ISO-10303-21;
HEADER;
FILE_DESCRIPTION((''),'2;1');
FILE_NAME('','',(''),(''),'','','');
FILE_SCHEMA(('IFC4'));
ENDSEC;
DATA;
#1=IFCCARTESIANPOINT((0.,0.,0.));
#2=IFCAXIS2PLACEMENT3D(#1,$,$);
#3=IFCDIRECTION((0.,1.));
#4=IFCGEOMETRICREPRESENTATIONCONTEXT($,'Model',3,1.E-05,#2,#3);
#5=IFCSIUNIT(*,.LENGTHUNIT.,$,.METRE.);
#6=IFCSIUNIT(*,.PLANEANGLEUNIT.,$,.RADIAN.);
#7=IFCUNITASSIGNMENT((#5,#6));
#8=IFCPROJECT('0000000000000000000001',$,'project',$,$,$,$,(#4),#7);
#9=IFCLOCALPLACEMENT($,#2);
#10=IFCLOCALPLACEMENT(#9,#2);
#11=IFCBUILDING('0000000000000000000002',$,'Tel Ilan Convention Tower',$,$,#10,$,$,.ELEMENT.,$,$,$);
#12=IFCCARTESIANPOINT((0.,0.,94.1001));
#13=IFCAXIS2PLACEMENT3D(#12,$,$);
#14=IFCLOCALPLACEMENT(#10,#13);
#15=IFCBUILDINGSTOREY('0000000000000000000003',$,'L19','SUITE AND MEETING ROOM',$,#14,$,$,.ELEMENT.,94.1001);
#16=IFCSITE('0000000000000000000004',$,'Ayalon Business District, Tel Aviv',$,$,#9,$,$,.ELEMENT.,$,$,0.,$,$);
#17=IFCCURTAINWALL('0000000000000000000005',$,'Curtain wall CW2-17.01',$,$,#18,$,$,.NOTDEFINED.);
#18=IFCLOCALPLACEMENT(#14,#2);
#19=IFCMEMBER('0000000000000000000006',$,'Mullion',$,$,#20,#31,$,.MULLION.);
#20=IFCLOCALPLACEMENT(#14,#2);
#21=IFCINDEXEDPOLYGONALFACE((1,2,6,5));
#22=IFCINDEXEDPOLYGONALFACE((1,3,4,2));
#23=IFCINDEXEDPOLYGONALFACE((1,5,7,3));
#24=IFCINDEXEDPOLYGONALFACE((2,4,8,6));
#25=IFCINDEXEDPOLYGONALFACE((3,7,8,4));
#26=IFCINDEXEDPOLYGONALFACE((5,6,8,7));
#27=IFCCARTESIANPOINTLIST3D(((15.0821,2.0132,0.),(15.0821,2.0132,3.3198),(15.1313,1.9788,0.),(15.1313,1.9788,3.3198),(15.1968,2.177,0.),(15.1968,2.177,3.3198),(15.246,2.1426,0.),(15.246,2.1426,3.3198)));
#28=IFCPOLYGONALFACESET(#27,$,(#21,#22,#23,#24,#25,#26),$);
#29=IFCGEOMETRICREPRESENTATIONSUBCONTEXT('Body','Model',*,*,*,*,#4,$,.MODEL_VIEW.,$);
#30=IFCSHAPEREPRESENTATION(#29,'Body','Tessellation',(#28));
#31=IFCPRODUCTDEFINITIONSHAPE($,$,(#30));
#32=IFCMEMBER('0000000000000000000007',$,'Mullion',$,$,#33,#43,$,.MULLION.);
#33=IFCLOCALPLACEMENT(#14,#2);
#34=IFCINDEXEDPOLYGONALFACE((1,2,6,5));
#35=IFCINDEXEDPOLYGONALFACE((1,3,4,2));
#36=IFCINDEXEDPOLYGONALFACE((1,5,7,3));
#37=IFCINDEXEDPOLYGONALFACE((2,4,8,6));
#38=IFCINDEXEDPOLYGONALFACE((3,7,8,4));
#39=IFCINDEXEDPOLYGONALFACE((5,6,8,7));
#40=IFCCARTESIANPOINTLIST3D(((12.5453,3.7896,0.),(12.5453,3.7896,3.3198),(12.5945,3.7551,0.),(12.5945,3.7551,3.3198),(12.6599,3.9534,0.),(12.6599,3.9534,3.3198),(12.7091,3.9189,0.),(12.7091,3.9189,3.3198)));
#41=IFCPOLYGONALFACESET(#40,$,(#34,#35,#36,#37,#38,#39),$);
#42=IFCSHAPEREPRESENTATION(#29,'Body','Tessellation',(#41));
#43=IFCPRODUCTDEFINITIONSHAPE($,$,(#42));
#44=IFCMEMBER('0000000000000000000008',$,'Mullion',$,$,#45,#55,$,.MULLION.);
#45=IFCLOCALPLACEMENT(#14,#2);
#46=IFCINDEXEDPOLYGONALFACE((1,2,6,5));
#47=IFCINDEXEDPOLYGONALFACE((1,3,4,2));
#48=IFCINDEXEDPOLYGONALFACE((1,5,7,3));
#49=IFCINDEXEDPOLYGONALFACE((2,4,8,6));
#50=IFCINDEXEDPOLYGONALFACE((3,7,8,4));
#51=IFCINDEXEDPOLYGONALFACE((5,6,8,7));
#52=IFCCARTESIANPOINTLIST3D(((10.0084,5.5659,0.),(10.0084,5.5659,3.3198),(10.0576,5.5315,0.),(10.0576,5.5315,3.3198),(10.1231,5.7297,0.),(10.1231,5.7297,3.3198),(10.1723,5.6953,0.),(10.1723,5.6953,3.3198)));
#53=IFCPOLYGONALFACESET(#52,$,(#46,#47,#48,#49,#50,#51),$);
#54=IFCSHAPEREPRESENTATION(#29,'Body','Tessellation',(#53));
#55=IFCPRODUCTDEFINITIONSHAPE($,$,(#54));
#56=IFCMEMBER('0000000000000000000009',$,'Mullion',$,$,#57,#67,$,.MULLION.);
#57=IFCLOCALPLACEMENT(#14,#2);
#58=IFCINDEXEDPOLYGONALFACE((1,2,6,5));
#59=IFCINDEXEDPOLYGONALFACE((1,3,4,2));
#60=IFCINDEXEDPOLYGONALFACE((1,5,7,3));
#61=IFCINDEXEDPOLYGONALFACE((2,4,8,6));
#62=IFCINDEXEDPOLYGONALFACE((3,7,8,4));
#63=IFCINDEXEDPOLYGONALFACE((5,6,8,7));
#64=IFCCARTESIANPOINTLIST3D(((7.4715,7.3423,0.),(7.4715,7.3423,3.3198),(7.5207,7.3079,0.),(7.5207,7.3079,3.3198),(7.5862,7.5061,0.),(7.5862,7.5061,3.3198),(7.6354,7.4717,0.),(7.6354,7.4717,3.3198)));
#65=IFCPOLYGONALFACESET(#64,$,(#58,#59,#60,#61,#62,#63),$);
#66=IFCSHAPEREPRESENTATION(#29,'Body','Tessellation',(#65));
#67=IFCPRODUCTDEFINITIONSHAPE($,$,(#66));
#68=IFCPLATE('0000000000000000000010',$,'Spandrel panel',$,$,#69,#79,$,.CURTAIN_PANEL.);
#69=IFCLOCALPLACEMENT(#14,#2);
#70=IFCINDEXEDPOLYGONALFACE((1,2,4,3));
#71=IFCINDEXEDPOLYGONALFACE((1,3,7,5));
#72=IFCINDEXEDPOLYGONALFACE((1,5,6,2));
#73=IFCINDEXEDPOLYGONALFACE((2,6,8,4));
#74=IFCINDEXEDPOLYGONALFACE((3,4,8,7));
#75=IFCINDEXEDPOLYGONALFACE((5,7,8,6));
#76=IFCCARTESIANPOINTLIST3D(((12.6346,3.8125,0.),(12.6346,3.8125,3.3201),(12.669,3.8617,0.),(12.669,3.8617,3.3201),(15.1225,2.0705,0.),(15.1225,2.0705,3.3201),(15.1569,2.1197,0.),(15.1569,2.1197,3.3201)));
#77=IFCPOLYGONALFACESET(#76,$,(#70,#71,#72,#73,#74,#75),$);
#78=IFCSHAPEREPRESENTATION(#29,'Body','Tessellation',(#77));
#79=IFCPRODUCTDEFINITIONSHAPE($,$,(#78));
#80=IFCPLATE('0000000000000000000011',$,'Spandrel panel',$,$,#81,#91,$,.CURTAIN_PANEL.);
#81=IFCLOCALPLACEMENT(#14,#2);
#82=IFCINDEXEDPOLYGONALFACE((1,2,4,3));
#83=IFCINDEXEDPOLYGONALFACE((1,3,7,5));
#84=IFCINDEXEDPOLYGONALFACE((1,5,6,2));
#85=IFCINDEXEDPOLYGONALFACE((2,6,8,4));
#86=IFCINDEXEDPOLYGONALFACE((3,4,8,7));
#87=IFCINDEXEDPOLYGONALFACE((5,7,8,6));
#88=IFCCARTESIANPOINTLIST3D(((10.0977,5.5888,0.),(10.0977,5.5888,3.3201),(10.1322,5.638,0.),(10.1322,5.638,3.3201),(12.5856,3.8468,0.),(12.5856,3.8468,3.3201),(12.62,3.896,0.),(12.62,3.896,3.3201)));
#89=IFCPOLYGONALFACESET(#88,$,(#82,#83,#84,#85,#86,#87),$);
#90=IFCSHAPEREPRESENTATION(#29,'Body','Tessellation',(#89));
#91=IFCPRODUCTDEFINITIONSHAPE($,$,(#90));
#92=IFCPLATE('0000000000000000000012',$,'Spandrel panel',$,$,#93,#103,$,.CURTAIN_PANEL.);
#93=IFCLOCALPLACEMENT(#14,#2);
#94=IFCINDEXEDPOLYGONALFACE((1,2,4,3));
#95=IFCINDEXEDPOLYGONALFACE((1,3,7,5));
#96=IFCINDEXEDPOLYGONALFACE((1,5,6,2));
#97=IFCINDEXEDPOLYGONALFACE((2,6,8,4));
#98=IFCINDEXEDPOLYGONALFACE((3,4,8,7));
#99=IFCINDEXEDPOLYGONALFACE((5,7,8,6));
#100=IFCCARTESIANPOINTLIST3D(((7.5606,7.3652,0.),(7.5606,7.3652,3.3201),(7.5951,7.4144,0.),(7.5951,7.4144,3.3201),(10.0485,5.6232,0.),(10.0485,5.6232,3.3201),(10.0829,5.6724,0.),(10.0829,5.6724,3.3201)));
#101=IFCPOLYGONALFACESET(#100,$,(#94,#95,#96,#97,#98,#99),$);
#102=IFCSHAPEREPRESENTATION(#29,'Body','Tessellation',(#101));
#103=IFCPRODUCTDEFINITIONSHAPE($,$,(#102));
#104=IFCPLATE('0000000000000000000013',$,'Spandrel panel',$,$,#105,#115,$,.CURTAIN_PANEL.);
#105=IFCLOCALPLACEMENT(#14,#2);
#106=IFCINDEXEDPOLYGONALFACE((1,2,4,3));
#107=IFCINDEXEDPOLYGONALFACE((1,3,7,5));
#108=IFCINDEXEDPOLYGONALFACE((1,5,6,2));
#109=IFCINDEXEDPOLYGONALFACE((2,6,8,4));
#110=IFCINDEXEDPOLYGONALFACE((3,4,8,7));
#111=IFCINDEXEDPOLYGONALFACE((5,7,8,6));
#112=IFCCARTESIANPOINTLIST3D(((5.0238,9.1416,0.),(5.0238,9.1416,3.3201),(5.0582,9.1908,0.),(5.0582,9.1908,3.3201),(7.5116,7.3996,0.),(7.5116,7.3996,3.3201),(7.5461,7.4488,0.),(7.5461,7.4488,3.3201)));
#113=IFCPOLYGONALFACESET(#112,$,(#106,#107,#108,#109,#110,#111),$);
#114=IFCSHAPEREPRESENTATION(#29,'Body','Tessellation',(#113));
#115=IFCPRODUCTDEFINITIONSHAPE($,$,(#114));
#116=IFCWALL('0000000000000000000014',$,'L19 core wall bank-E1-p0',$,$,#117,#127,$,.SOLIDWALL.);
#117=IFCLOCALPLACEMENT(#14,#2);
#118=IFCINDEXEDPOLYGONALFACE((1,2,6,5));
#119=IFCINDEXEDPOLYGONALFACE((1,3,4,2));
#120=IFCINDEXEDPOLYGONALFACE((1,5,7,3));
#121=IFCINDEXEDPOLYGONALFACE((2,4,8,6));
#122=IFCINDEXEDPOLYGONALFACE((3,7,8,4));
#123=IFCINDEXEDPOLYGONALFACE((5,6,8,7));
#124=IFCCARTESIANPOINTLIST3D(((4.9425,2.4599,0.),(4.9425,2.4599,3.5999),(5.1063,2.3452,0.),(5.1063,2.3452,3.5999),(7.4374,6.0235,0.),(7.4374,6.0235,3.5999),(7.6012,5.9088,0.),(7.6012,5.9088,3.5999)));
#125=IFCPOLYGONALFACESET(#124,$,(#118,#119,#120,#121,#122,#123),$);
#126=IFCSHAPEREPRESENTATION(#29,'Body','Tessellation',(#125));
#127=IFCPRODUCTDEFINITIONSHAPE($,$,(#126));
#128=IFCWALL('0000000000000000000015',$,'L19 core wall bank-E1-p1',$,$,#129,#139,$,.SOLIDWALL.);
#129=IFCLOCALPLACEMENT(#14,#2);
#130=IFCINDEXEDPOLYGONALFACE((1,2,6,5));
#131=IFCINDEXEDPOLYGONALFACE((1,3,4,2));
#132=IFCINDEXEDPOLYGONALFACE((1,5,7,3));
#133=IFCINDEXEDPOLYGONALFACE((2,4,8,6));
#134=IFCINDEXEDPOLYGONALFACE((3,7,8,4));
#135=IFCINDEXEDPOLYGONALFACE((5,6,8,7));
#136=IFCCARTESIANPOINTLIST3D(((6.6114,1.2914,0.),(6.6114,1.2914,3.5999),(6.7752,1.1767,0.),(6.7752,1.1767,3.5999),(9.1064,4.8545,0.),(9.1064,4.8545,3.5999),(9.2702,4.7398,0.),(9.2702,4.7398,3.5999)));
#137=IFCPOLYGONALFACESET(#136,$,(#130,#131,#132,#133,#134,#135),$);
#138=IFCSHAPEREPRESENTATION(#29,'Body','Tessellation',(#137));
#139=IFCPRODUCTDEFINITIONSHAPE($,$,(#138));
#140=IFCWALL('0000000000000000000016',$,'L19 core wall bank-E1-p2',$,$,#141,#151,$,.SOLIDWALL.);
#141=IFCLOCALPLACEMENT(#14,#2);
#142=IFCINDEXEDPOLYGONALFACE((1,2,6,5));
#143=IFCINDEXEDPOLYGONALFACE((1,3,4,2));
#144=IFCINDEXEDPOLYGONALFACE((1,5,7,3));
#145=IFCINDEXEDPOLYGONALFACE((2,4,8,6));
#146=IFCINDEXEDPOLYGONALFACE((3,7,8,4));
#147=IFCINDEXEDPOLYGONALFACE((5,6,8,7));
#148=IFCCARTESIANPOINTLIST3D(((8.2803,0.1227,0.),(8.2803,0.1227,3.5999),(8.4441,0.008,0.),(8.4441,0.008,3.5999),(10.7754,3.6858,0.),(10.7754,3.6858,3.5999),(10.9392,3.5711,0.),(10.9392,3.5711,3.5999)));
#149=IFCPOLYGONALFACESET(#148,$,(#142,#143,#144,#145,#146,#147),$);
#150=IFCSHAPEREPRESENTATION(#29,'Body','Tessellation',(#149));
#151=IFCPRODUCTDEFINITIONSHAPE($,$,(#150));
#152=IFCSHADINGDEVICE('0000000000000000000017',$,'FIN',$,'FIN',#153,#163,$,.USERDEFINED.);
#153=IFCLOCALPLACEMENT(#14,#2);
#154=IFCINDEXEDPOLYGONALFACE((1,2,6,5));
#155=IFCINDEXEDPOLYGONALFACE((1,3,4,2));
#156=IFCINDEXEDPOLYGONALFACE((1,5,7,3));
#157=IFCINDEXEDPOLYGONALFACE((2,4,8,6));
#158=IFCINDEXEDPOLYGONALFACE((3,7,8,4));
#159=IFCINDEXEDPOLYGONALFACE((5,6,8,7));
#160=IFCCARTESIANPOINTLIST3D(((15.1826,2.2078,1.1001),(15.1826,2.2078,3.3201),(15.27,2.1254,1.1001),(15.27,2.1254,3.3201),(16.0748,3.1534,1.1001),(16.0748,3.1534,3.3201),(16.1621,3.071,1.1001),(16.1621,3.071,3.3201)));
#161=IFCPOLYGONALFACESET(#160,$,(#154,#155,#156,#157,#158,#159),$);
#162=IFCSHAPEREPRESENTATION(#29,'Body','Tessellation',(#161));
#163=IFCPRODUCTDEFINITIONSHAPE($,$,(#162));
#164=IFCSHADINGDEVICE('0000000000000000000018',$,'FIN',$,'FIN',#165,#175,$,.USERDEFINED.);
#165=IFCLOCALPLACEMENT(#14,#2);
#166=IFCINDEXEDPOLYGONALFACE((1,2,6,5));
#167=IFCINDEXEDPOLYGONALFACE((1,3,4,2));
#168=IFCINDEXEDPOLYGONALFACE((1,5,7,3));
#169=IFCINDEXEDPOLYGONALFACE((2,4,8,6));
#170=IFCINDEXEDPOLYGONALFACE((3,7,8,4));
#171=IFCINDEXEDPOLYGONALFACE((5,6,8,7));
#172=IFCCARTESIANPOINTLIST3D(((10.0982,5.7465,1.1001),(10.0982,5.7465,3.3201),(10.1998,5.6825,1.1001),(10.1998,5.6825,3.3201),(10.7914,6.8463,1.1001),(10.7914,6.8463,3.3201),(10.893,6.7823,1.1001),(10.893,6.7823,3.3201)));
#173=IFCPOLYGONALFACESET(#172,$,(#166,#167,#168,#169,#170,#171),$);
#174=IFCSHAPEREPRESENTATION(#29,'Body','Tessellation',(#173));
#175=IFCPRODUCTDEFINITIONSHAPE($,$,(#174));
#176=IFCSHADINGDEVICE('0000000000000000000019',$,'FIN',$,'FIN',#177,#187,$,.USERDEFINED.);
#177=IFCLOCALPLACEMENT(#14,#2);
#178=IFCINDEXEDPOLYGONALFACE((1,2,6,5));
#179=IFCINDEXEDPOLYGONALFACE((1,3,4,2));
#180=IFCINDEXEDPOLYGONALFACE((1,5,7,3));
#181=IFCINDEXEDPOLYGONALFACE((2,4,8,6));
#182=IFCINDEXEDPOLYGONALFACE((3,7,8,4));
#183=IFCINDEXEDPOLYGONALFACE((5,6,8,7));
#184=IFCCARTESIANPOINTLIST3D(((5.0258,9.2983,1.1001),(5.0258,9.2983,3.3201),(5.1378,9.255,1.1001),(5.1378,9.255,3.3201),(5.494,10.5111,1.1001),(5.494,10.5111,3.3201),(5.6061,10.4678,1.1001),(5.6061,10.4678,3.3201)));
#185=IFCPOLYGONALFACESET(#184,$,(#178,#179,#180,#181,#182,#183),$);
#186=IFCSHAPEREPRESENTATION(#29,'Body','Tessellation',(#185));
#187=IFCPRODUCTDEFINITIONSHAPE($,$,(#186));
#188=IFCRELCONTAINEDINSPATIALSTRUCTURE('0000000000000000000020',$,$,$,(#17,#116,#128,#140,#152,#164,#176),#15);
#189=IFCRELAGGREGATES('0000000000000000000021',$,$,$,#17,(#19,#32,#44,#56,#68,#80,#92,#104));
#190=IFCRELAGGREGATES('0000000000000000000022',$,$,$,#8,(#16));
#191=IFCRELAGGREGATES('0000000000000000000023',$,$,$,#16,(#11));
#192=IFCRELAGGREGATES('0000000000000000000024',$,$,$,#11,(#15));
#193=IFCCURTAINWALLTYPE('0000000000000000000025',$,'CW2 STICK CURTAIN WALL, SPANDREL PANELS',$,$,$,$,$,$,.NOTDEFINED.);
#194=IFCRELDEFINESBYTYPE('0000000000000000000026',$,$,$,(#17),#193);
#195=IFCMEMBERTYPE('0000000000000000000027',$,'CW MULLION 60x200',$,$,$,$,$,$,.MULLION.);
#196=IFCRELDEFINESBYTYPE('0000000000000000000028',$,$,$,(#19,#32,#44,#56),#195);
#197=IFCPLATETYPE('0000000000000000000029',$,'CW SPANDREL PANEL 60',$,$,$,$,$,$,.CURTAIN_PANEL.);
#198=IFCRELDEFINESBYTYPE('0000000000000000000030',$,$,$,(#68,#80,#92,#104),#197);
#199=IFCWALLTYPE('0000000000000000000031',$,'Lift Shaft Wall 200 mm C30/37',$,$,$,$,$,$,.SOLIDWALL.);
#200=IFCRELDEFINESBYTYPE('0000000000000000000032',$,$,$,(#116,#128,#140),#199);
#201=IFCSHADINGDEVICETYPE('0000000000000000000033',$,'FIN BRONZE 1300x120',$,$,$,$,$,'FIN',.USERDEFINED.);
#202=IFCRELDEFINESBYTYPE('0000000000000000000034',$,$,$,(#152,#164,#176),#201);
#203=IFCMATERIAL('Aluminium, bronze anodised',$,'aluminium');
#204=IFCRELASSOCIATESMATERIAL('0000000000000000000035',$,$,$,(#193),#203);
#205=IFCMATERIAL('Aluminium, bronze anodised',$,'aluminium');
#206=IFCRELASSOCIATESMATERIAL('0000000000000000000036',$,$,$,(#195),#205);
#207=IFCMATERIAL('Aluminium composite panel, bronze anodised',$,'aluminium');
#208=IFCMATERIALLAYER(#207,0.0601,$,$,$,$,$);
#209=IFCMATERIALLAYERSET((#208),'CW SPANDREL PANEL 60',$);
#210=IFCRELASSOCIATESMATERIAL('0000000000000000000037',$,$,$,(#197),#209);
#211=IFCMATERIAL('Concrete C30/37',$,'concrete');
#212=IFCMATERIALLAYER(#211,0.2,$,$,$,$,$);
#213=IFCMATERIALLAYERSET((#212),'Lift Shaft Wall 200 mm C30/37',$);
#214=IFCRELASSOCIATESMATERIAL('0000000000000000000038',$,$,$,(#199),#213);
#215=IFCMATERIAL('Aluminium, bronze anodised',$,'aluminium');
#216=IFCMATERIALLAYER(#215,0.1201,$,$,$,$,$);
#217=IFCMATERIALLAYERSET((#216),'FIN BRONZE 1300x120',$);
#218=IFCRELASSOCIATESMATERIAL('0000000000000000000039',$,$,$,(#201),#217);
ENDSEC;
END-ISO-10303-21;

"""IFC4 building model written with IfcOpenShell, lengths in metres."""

from ifc_helpers import new_model, si_unit, direction, frame, frame_2d, origin, origin_2d, place, context, subcontext, project, spatial, rectangle, extrude, material, layer, layer_set, material_profile, profile_set, type_object, element, aggregate, save


model = new_model("IFC4")

# Units and contexts
model_context = context("Model", 3, precision=1e-05, world=origin(), true_north=direction((0.0, 1.0)))
body_context = subcontext(model_context, "Body", "Model", "MODEL_VIEW")
ifc_project = project(units=[si_unit("LENGTHUNIT", "METRE"), si_unit("PLANEANGLEUNIT", "RADIAN")], contexts=[model_context])

# Site, building, storey
site_placement = place(None, origin())
site = spatial("IfcSite", under=ifc_project, at=site_placement, Name="Ayalon Business District, Tel Aviv", CompositionType="ELEMENT", RefElevation=0.0)
building_placement = place(site_placement, origin())
building = spatial("IfcBuilding", under=site, at=building_placement, Name="Tel Ilan Convention Tower", CompositionType="ELEMENT")
storey_placement = place(building_placement, frame((0.0, 0.0, 94.1001)))
storey = spatial("IfcBuildingStorey", under=building, at=storey_placement, Name="L19", Description="SUITE AND MEETING ROOM", CompositionType="ELEMENT", Elevation=94.1001)

# Curtain wall, members, plates
ifc_material_1 = material(Name="Aluminium, bronze anodised", Category="aluminium")
curtain_wall_type = type_object("IfcCurtainWallType", Name="CW2 STICK CURTAIN WALL, SPANDREL PANELS", PredefinedType="NOTDEFINED", material=ifc_material_1)
curtain_wall_placement = place(storey_placement, origin())
curtain_wall = element("IfcCurtainWall", 1, at=curtain_wall_placement, inside=storey, type_object=curtain_wall_type, Name="Curtain wall CW2-17.01", PredefinedType="NOTDEFINED")
ifc_material_2 = material(Name="Aluminium, bronze anodised", Category="aluminium")
ifc_material_profile = material_profile(ifc_material_2, rectangle(XDim=0.0601, YDim=0.2, at=origin_2d()), Name="CW MULLION 60x200")
ifc_profile_set = profile_set([ifc_material_profile], Name="Aluminium, bronze anodised")
member_type = type_object("IfcMemberType", Name="CW MULLION 60x200", PredefinedType="MULLION", material=ifc_profile_set)
member_1_placement = place(storey_placement, frame((15.1641, 2.0779, 0.0), z_axis=(0.0, 0.0, 1.0), x_axis=(-0.819152, 0.573576, 0.0)))
member_1 = element("IfcMember", 2, at=member_1_placement, type_object=member_type, Name="Mullion", PredefinedType="MULLION", context=body_context, shape_type="SweptSolid", body=[
    extrude(rectangle(XDim=0.0601, YDim=0.2, at=origin_2d()), origin(), (0.0, 0.0, 1.0), 3.3198),
])
member_2_placement = place(storey_placement, frame((12.6272, 3.8542, 0.0), z_axis=(0.0, 0.0, 1.0), x_axis=(-0.819152, 0.573576, 0.0)))
member_2 = element("IfcMember", 3, at=member_2_placement, type_object=member_type, Name="Mullion", PredefinedType="MULLION", context=body_context, shape_type="SweptSolid", body=[
    extrude(rectangle(XDim=0.0601, YDim=0.2, at=origin_2d()), origin(), (0.0, 0.0, 1.0), 3.3198),
])
member_3_placement = place(storey_placement, frame((10.0903, 5.6306, 0.0), z_axis=(0.0, 0.0, 1.0), x_axis=(-0.819152, 0.573576, 0.0)))
member_3 = element("IfcMember", 4, at=member_3_placement, type_object=member_type, Name="Mullion", PredefinedType="MULLION", context=body_context, shape_type="SweptSolid", body=[
    extrude(rectangle(XDim=0.0601, YDim=0.2, at=origin_2d()), origin(), (0.0, 0.0, 1.0), 3.3198),
])
member_4_placement = place(storey_placement, frame((7.5535, 7.407, 0.0), z_axis=(0.0, 0.0, 1.0), x_axis=(-0.819152, 0.573576, 0.0)))
member_4 = element("IfcMember", 5, at=member_4_placement, type_object=member_type, Name="Mullion", PredefinedType="MULLION", context=body_context, shape_type="SweptSolid", body=[
    extrude(rectangle(XDim=0.0601, YDim=0.2, at=origin_2d()), origin(), (0.0, 0.0, 1.0), 3.3198),
])
ifc_material_3 = material(Name="Aluminium composite panel, bronze anodised", Category="aluminium")
ifc_layer_1 = layer(ifc_material_3, 0.0601)
ifc_layer_set_1 = layer_set([ifc_layer_1], Name="CW SPANDREL PANEL 60")
plate_type = type_object("IfcPlateType", Name="CW SPANDREL PANEL 60", PredefinedType="CURTAIN_PANEL", material=ifc_layer_set_1)
plate_1_placement = place(storey_placement, frame((13.8958, 2.9661, 0.0), z_axis=(0.0, 0.0, 1.0), x_axis=(-0.819152, 0.573576, 0.0)))
plate_1 = element("IfcPlate", 6, at=plate_1_placement, type_object=plate_type, Name="Spandrel panel", PredefinedType="CURTAIN_PANEL", context=body_context, shape_type="SweptSolid", body=[
    extrude(rectangle(XDim=3.0371, YDim=0.0601, at=origin_2d()), origin(), (0.0, 0.0, 1.0), 3.3201),
])
plate_2_placement = place(storey_placement, frame((11.3589, 4.7424, 0.0), z_axis=(0.0, 0.0, 1.0), x_axis=(-0.819152, 0.573576, 0.0)))
plate_2 = element("IfcPlate", 7, at=plate_2_placement, type_object=plate_type, Name="Spandrel panel", PredefinedType="CURTAIN_PANEL", context=body_context, shape_type="SweptSolid", body=[
    extrude(rectangle(XDim=3.0371, YDim=0.0601, at=origin_2d()), origin(), (0.0, 0.0, 1.0), 3.3201),
])
plate_3_placement = place(storey_placement, frame((8.8218, 6.5188, 0.0), z_axis=(0.0, 0.0, 1.0), x_axis=(-0.819152, 0.573576, 0.0)))
plate_3 = element("IfcPlate", 8, at=plate_3_placement, type_object=plate_type, Name="Spandrel panel", PredefinedType="CURTAIN_PANEL", context=body_context, shape_type="SweptSolid", body=[
    extrude(rectangle(XDim=3.0371, YDim=0.0601, at=origin_2d()), origin(), (0.0, 0.0, 1.0), 3.3201),
])
plate_4_placement = place(storey_placement, frame((6.2849, 8.2952, 0.0), z_axis=(0.0, 0.0, 1.0), x_axis=(-0.819152, 0.573576, 0.0)))
plate_4 = element("IfcPlate", 9, at=plate_4_placement, type_object=plate_type, Name="Spandrel panel", PredefinedType="CURTAIN_PANEL", context=body_context, shape_type="SweptSolid", body=[
    extrude(rectangle(XDim=3.0371, YDim=0.0601, at=origin_2d()), origin(), (0.0, 0.0, 1.0), 3.3201),
])
aggregate(curtain_wall, [member_1, member_2, member_3, member_4, plate_1, plate_2, plate_3, plate_4])

# Walls
ifc_material_4 = material(Name="Concrete C30/37", Category="concrete")
ifc_layer_2 = layer(ifc_material_4, 0.2)
ifc_layer_set_2 = layer_set([ifc_layer_2], Name="Lift Shaft Wall 200 mm C30/37")
wall_type = type_object("IfcWallType", Name="Lift Shaft Wall 200 mm C30/37", PredefinedType="SOLIDWALL", material=ifc_layer_set_2)
wall_placement = place(storey_placement, frame((5.0244, 2.4026, 0.0), z_axis=(0.0, 0.0, 1.0), x_axis=(0.57353, 0.819184, 0.0)))
element("IfcWall", 10, at=wall_placement, inside=storey, type_object=wall_type, Name="L19 core wall bank-E1-p0", PredefinedType="SOLIDWALL", context=body_context, shape_type="SweptSolid", body=[
    extrude(rectangle(XDim=4.3501, YDim=0.2, at=frame_2d((2.175, 0.0))), origin(), (0.0, 0.0, 1.0), 3.5999),
])
for number, where, z_axis, x_axis, name in (
    (11, (6.6934, 1.2341, 0.0), (0.0, 0.0, 1.0), (0.573594, 0.81914, 0.0), "L19 core wall bank-E1-p1"),
    (12, (8.3623, 0.0654, 0.0), (0.0, 0.0, 1.0), (0.573594, 0.81914, 0.0), "L19 core wall bank-E1-p2"),
):
    element("IfcWall", number, at=place(storey_placement, frame(where, z_axis=z_axis, x_axis=x_axis)), inside=storey, type_object=wall_type, Name=name, PredefinedType="SOLIDWALL", context=body_context, shape_type="SweptSolid", body=[
        extrude(rectangle(XDim=4.3499, YDim=0.2, at=frame_2d((2.1748, 0.0))), origin(), (0.0, 0.0, 1.0), 3.5999),
    ])

# Shading devices
ifc_material_5 = material(Name="Aluminium, bronze anodised", Category="aluminium")
ifc_layer_3 = layer(ifc_material_5, 0.1201)
ifc_layer_set_3 = layer_set([ifc_layer_3], Name="FIN BRONZE 1300x120")
shading_device_type = type_object("IfcShadingDeviceType", Name="FIN BRONZE 1300x120", ElementType="FIN", PredefinedType="USERDEFINED", material=ifc_layer_set_3)
for number, where, z_axis, x_axis, name in (
    (13, (15.6724, 2.6394, 1.1001), (0.0, 0.0, 1.0), (0.686242, 0.727374, 0.0), "FIN"),
    (14, (10.4956, 6.2644, 1.1001), (0.0, 0.0, 1.0), (0.533204, 0.845986, 0.0), "FIN"),
    (15, (5.3159, 9.8831, 1.1001), (0.0, 0.0, 1.0), (0.360178, 0.932884, 0.0), "FIN"),
):
    element("IfcShadingDevice", number, at=place(storey_placement, frame(where, z_axis=z_axis, x_axis=x_axis)), inside=storey, type_object=shading_device_type, Name=name, ObjectType="FIN", PredefinedType="USERDEFINED", context=body_context, shape_type="SweptSolid", body=[
        extrude(rectangle(XDim=1.3, YDim=0.1201, at=origin_2d()), origin(), (0.0, 0.0, 1.0), 2.22),
    ])

save(model, "model.ifc")
